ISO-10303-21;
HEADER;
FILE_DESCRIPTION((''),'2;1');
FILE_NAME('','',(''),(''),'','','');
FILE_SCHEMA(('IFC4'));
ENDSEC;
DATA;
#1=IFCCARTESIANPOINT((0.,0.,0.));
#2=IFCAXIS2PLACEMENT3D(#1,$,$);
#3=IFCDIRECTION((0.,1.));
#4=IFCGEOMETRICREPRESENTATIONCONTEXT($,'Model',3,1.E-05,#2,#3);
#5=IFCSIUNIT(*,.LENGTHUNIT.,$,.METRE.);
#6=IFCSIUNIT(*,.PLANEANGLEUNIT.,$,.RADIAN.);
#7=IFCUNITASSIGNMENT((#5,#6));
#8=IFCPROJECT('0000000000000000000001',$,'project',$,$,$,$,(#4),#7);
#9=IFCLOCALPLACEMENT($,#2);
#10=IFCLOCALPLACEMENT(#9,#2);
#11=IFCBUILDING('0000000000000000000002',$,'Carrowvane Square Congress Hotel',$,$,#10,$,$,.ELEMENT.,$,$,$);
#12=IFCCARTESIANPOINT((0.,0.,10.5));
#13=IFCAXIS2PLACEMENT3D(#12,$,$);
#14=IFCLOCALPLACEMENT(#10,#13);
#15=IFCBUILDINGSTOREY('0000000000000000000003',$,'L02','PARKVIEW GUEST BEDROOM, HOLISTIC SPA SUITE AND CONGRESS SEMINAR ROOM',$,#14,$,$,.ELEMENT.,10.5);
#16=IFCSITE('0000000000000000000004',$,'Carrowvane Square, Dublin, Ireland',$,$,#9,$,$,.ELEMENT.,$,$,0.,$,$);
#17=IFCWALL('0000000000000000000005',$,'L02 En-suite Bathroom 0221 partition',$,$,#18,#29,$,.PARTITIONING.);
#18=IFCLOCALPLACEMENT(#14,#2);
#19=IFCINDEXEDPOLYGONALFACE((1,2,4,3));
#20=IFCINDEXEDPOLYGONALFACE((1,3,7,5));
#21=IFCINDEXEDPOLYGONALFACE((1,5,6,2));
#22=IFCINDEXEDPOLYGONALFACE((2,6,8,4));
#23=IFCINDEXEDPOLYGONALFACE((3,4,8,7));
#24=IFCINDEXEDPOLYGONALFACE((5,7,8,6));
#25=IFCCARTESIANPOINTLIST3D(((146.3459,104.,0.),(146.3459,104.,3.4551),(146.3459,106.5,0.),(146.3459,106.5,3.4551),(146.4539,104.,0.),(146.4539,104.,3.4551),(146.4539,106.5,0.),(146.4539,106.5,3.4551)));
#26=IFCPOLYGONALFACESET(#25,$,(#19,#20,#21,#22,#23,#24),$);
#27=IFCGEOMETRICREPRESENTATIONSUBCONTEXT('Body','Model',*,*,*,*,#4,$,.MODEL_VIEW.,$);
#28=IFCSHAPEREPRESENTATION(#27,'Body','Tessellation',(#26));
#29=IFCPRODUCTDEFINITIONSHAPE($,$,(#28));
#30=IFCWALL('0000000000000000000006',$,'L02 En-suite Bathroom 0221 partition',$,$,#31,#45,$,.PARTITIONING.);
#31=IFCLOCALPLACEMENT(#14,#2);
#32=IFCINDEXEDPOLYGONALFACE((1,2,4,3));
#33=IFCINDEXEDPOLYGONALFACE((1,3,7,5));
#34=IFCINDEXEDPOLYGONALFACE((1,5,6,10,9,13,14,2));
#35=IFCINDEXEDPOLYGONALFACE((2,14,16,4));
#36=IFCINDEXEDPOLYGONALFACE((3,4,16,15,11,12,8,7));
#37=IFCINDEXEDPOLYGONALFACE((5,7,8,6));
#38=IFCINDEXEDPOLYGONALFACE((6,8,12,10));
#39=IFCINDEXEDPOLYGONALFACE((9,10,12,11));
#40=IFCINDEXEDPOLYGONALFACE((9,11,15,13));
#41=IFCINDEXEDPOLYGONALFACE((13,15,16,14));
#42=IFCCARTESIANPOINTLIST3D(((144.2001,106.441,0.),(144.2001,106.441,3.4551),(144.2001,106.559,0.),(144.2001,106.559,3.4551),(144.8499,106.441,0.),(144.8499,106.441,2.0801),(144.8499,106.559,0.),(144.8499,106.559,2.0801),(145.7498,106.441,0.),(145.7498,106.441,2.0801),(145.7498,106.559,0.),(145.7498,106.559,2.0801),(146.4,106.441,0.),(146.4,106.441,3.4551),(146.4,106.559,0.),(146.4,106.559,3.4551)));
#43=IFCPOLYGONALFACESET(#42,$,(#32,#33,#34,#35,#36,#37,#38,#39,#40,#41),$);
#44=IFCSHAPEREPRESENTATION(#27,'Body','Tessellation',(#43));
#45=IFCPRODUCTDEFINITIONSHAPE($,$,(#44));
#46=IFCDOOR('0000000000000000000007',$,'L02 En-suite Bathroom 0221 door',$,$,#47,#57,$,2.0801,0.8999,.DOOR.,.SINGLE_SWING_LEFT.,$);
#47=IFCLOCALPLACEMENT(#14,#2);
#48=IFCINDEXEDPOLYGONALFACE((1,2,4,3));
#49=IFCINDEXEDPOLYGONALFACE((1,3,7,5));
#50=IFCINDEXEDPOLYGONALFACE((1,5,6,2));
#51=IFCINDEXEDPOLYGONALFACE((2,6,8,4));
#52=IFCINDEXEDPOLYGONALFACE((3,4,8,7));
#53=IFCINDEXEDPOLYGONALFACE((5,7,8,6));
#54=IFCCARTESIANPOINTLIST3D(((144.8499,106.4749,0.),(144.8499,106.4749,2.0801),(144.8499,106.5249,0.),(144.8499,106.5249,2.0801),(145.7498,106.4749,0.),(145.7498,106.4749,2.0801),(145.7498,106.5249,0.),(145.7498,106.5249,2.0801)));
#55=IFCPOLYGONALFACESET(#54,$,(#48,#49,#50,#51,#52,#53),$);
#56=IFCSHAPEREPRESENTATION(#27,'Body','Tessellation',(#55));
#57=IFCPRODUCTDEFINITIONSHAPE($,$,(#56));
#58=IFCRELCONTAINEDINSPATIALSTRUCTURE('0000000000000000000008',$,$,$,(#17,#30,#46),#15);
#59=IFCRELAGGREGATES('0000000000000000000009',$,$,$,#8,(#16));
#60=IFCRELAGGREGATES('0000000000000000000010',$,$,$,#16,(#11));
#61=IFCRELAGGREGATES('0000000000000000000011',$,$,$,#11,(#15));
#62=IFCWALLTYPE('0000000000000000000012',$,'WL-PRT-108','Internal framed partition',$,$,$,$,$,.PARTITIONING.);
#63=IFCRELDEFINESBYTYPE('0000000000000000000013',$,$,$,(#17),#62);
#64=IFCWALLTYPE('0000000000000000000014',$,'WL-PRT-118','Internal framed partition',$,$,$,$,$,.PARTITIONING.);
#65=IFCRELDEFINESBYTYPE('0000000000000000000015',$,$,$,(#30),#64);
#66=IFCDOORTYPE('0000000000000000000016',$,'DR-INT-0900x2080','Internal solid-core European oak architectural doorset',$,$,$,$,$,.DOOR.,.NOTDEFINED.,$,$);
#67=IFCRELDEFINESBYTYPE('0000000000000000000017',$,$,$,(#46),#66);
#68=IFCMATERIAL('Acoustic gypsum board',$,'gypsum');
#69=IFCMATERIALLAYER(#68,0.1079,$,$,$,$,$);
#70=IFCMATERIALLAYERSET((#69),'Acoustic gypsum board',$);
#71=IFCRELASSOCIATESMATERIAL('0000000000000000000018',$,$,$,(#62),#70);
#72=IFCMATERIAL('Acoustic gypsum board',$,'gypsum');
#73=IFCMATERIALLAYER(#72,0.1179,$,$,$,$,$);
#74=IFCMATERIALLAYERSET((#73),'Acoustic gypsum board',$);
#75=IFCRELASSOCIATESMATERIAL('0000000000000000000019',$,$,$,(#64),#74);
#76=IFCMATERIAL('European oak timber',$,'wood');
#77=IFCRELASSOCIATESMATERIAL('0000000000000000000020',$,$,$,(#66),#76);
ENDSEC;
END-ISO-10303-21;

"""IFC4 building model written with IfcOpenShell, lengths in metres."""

from ifc_helpers import new_model, si_unit, direction, frame, frame_2d, origin, place, context, subcontext, project, spatial, rectangle, extrude, material, layer, layer_set, type_object, element, fill, save


model = new_model("IFC4")

# Units and contexts
model_context = context("Model", 3, precision=1e-05, world=origin(), true_north=direction((0.0, 1.0)))
body_context = subcontext(model_context, "Body", "Model", "MODEL_VIEW")
ifc_project = project(units=[si_unit("LENGTHUNIT", "METRE"), si_unit("PLANEANGLEUNIT", "RADIAN")], contexts=[model_context])

# Site, building, storey
site_placement = place(None, origin())
site = spatial("IfcSite", under=ifc_project, at=site_placement, Name="Carrowvane Square, Dublin, Ireland", CompositionType="ELEMENT", RefElevation=0.0)
building_placement = place(site_placement, origin())
building = spatial("IfcBuilding", under=site, at=building_placement, Name="Carrowvane Square Congress Hotel", CompositionType="ELEMENT")
storey_placement = place(building_placement, frame((0.0, 0.0, 10.5)))
storey = spatial("IfcBuildingStorey", under=building, at=storey_placement, Name="L02", Description="PARKVIEW GUEST BEDROOM, HOLISTIC SPA SUITE AND CONGRESS SEMINAR ROOM", CompositionType="ELEMENT", Elevation=10.5)

# Wall
ifc_material_1 = material(Name="Acoustic gypsum board", Category="gypsum")
ifc_layer_1 = layer(ifc_material_1, 0.1079)
ifc_layer_set_1 = layer_set([ifc_layer_1], Name="Acoustic gypsum board")
wall_type_1 = type_object("IfcWallType", Name="WL-PRT-108", Description="Internal framed partition", PredefinedType="PARTITIONING", material=ifc_layer_set_1)
wall_1_placement = place(storey_placement, frame((146.3999, 106.5, 0.0), z_axis=(0.0, 0.0, 1.0), x_axis=(0.0, -1.0, 0.0)))
element("IfcWall", 1, at=wall_1_placement, inside=storey, type_object=wall_type_1, Name="L02 En-suite Bathroom 0221 partition", PredefinedType="PARTITIONING", context=body_context, shape_type="SweptSolid", body=[
    extrude(rectangle(XDim=2.5, YDim=0.1079, at=frame_2d((1.25, 0.0))), origin(), (0.0, 0.0, 1.0), 3.4551),
])

# Wall, opening, door
ifc_material_2 = material(Name="Acoustic gypsum board", Category="gypsum")
ifc_layer_2 = layer(ifc_material_2, 0.1179)
ifc_layer_set_2 = layer_set([ifc_layer_2], Name="Acoustic gypsum board")
wall_type_2 = type_object("IfcWallType", Name="WL-PRT-118", Description="Internal framed partition", PredefinedType="PARTITIONING", material=ifc_layer_set_2)
wall_2_placement = place(storey_placement, frame((144.2, 106.5, 0.0), z_axis=(0.0, 0.0, 1.0), x_axis=(1.0, 0.0, 0.0)))
wall_2 = element("IfcWall", 2, at=wall_2_placement, inside=storey, type_object=wall_type_2, Name="L02 En-suite Bathroom 0221 partition", PredefinedType="PARTITIONING", context=body_context, shape_type="SweptSolid", body=[
    extrude(rectangle(XDim=2.2, YDim=0.1179, at=frame_2d((1.1001, 0.0))), origin(), (0.0, 0.0, 1.0), 3.4551),
])
opening_placement = place(wall_2_placement, frame((0.6499, 0.0, 0.0)))
opening = element("IfcOpeningElement", 3, at=opening_placement, cuts=wall_2, PredefinedType="OPENING", context=body_context, shape_type="SweptSolid", body=[
    extrude(rectangle(XDim=0.8999, YDim=2.0801, at=frame_2d((0.45, 1.04))), frame((0.0, 0.0688, 0.0), z_axis=(0.0, -1.0, 0.0), x_axis=(1.0, 0.0, 0.0)), (0.0, 0.0, 1.0), 0.1379),
])
ifc_material_3 = material(Name="European oak timber", Category="wood")
door_type = type_object("IfcDoorType", Name="DR-INT-0900x2080", Description="Internal solid-core European oak architectural doorset", OperationType="NOTDEFINED", PredefinedType="DOOR", material=ifc_material_3)
door_placement = place(opening_placement, origin())
door = element("IfcDoor", 4, at=door_placement, inside=storey, type_object=door_type, Name="L02 En-suite Bathroom 0221 door", OperationType="SINGLE_SWING_LEFT", OverallHeight=2.0801, OverallWidth=0.8999, PredefinedType="DOOR", context=body_context, shape_type="SweptSolid", body=[
    extrude(rectangle(XDim=0.8999, YDim=2.0801, at=frame_2d((0.45, 1.04))), frame((0.0, 0.0249, 0.0), z_axis=(0.0, -1.0, 0.0), x_axis=(1.0, 0.0, 0.0)), (0.0, 0.0, 1.0), 0.05),
])
fill(opening, door)

save(model, "model.ifc")
